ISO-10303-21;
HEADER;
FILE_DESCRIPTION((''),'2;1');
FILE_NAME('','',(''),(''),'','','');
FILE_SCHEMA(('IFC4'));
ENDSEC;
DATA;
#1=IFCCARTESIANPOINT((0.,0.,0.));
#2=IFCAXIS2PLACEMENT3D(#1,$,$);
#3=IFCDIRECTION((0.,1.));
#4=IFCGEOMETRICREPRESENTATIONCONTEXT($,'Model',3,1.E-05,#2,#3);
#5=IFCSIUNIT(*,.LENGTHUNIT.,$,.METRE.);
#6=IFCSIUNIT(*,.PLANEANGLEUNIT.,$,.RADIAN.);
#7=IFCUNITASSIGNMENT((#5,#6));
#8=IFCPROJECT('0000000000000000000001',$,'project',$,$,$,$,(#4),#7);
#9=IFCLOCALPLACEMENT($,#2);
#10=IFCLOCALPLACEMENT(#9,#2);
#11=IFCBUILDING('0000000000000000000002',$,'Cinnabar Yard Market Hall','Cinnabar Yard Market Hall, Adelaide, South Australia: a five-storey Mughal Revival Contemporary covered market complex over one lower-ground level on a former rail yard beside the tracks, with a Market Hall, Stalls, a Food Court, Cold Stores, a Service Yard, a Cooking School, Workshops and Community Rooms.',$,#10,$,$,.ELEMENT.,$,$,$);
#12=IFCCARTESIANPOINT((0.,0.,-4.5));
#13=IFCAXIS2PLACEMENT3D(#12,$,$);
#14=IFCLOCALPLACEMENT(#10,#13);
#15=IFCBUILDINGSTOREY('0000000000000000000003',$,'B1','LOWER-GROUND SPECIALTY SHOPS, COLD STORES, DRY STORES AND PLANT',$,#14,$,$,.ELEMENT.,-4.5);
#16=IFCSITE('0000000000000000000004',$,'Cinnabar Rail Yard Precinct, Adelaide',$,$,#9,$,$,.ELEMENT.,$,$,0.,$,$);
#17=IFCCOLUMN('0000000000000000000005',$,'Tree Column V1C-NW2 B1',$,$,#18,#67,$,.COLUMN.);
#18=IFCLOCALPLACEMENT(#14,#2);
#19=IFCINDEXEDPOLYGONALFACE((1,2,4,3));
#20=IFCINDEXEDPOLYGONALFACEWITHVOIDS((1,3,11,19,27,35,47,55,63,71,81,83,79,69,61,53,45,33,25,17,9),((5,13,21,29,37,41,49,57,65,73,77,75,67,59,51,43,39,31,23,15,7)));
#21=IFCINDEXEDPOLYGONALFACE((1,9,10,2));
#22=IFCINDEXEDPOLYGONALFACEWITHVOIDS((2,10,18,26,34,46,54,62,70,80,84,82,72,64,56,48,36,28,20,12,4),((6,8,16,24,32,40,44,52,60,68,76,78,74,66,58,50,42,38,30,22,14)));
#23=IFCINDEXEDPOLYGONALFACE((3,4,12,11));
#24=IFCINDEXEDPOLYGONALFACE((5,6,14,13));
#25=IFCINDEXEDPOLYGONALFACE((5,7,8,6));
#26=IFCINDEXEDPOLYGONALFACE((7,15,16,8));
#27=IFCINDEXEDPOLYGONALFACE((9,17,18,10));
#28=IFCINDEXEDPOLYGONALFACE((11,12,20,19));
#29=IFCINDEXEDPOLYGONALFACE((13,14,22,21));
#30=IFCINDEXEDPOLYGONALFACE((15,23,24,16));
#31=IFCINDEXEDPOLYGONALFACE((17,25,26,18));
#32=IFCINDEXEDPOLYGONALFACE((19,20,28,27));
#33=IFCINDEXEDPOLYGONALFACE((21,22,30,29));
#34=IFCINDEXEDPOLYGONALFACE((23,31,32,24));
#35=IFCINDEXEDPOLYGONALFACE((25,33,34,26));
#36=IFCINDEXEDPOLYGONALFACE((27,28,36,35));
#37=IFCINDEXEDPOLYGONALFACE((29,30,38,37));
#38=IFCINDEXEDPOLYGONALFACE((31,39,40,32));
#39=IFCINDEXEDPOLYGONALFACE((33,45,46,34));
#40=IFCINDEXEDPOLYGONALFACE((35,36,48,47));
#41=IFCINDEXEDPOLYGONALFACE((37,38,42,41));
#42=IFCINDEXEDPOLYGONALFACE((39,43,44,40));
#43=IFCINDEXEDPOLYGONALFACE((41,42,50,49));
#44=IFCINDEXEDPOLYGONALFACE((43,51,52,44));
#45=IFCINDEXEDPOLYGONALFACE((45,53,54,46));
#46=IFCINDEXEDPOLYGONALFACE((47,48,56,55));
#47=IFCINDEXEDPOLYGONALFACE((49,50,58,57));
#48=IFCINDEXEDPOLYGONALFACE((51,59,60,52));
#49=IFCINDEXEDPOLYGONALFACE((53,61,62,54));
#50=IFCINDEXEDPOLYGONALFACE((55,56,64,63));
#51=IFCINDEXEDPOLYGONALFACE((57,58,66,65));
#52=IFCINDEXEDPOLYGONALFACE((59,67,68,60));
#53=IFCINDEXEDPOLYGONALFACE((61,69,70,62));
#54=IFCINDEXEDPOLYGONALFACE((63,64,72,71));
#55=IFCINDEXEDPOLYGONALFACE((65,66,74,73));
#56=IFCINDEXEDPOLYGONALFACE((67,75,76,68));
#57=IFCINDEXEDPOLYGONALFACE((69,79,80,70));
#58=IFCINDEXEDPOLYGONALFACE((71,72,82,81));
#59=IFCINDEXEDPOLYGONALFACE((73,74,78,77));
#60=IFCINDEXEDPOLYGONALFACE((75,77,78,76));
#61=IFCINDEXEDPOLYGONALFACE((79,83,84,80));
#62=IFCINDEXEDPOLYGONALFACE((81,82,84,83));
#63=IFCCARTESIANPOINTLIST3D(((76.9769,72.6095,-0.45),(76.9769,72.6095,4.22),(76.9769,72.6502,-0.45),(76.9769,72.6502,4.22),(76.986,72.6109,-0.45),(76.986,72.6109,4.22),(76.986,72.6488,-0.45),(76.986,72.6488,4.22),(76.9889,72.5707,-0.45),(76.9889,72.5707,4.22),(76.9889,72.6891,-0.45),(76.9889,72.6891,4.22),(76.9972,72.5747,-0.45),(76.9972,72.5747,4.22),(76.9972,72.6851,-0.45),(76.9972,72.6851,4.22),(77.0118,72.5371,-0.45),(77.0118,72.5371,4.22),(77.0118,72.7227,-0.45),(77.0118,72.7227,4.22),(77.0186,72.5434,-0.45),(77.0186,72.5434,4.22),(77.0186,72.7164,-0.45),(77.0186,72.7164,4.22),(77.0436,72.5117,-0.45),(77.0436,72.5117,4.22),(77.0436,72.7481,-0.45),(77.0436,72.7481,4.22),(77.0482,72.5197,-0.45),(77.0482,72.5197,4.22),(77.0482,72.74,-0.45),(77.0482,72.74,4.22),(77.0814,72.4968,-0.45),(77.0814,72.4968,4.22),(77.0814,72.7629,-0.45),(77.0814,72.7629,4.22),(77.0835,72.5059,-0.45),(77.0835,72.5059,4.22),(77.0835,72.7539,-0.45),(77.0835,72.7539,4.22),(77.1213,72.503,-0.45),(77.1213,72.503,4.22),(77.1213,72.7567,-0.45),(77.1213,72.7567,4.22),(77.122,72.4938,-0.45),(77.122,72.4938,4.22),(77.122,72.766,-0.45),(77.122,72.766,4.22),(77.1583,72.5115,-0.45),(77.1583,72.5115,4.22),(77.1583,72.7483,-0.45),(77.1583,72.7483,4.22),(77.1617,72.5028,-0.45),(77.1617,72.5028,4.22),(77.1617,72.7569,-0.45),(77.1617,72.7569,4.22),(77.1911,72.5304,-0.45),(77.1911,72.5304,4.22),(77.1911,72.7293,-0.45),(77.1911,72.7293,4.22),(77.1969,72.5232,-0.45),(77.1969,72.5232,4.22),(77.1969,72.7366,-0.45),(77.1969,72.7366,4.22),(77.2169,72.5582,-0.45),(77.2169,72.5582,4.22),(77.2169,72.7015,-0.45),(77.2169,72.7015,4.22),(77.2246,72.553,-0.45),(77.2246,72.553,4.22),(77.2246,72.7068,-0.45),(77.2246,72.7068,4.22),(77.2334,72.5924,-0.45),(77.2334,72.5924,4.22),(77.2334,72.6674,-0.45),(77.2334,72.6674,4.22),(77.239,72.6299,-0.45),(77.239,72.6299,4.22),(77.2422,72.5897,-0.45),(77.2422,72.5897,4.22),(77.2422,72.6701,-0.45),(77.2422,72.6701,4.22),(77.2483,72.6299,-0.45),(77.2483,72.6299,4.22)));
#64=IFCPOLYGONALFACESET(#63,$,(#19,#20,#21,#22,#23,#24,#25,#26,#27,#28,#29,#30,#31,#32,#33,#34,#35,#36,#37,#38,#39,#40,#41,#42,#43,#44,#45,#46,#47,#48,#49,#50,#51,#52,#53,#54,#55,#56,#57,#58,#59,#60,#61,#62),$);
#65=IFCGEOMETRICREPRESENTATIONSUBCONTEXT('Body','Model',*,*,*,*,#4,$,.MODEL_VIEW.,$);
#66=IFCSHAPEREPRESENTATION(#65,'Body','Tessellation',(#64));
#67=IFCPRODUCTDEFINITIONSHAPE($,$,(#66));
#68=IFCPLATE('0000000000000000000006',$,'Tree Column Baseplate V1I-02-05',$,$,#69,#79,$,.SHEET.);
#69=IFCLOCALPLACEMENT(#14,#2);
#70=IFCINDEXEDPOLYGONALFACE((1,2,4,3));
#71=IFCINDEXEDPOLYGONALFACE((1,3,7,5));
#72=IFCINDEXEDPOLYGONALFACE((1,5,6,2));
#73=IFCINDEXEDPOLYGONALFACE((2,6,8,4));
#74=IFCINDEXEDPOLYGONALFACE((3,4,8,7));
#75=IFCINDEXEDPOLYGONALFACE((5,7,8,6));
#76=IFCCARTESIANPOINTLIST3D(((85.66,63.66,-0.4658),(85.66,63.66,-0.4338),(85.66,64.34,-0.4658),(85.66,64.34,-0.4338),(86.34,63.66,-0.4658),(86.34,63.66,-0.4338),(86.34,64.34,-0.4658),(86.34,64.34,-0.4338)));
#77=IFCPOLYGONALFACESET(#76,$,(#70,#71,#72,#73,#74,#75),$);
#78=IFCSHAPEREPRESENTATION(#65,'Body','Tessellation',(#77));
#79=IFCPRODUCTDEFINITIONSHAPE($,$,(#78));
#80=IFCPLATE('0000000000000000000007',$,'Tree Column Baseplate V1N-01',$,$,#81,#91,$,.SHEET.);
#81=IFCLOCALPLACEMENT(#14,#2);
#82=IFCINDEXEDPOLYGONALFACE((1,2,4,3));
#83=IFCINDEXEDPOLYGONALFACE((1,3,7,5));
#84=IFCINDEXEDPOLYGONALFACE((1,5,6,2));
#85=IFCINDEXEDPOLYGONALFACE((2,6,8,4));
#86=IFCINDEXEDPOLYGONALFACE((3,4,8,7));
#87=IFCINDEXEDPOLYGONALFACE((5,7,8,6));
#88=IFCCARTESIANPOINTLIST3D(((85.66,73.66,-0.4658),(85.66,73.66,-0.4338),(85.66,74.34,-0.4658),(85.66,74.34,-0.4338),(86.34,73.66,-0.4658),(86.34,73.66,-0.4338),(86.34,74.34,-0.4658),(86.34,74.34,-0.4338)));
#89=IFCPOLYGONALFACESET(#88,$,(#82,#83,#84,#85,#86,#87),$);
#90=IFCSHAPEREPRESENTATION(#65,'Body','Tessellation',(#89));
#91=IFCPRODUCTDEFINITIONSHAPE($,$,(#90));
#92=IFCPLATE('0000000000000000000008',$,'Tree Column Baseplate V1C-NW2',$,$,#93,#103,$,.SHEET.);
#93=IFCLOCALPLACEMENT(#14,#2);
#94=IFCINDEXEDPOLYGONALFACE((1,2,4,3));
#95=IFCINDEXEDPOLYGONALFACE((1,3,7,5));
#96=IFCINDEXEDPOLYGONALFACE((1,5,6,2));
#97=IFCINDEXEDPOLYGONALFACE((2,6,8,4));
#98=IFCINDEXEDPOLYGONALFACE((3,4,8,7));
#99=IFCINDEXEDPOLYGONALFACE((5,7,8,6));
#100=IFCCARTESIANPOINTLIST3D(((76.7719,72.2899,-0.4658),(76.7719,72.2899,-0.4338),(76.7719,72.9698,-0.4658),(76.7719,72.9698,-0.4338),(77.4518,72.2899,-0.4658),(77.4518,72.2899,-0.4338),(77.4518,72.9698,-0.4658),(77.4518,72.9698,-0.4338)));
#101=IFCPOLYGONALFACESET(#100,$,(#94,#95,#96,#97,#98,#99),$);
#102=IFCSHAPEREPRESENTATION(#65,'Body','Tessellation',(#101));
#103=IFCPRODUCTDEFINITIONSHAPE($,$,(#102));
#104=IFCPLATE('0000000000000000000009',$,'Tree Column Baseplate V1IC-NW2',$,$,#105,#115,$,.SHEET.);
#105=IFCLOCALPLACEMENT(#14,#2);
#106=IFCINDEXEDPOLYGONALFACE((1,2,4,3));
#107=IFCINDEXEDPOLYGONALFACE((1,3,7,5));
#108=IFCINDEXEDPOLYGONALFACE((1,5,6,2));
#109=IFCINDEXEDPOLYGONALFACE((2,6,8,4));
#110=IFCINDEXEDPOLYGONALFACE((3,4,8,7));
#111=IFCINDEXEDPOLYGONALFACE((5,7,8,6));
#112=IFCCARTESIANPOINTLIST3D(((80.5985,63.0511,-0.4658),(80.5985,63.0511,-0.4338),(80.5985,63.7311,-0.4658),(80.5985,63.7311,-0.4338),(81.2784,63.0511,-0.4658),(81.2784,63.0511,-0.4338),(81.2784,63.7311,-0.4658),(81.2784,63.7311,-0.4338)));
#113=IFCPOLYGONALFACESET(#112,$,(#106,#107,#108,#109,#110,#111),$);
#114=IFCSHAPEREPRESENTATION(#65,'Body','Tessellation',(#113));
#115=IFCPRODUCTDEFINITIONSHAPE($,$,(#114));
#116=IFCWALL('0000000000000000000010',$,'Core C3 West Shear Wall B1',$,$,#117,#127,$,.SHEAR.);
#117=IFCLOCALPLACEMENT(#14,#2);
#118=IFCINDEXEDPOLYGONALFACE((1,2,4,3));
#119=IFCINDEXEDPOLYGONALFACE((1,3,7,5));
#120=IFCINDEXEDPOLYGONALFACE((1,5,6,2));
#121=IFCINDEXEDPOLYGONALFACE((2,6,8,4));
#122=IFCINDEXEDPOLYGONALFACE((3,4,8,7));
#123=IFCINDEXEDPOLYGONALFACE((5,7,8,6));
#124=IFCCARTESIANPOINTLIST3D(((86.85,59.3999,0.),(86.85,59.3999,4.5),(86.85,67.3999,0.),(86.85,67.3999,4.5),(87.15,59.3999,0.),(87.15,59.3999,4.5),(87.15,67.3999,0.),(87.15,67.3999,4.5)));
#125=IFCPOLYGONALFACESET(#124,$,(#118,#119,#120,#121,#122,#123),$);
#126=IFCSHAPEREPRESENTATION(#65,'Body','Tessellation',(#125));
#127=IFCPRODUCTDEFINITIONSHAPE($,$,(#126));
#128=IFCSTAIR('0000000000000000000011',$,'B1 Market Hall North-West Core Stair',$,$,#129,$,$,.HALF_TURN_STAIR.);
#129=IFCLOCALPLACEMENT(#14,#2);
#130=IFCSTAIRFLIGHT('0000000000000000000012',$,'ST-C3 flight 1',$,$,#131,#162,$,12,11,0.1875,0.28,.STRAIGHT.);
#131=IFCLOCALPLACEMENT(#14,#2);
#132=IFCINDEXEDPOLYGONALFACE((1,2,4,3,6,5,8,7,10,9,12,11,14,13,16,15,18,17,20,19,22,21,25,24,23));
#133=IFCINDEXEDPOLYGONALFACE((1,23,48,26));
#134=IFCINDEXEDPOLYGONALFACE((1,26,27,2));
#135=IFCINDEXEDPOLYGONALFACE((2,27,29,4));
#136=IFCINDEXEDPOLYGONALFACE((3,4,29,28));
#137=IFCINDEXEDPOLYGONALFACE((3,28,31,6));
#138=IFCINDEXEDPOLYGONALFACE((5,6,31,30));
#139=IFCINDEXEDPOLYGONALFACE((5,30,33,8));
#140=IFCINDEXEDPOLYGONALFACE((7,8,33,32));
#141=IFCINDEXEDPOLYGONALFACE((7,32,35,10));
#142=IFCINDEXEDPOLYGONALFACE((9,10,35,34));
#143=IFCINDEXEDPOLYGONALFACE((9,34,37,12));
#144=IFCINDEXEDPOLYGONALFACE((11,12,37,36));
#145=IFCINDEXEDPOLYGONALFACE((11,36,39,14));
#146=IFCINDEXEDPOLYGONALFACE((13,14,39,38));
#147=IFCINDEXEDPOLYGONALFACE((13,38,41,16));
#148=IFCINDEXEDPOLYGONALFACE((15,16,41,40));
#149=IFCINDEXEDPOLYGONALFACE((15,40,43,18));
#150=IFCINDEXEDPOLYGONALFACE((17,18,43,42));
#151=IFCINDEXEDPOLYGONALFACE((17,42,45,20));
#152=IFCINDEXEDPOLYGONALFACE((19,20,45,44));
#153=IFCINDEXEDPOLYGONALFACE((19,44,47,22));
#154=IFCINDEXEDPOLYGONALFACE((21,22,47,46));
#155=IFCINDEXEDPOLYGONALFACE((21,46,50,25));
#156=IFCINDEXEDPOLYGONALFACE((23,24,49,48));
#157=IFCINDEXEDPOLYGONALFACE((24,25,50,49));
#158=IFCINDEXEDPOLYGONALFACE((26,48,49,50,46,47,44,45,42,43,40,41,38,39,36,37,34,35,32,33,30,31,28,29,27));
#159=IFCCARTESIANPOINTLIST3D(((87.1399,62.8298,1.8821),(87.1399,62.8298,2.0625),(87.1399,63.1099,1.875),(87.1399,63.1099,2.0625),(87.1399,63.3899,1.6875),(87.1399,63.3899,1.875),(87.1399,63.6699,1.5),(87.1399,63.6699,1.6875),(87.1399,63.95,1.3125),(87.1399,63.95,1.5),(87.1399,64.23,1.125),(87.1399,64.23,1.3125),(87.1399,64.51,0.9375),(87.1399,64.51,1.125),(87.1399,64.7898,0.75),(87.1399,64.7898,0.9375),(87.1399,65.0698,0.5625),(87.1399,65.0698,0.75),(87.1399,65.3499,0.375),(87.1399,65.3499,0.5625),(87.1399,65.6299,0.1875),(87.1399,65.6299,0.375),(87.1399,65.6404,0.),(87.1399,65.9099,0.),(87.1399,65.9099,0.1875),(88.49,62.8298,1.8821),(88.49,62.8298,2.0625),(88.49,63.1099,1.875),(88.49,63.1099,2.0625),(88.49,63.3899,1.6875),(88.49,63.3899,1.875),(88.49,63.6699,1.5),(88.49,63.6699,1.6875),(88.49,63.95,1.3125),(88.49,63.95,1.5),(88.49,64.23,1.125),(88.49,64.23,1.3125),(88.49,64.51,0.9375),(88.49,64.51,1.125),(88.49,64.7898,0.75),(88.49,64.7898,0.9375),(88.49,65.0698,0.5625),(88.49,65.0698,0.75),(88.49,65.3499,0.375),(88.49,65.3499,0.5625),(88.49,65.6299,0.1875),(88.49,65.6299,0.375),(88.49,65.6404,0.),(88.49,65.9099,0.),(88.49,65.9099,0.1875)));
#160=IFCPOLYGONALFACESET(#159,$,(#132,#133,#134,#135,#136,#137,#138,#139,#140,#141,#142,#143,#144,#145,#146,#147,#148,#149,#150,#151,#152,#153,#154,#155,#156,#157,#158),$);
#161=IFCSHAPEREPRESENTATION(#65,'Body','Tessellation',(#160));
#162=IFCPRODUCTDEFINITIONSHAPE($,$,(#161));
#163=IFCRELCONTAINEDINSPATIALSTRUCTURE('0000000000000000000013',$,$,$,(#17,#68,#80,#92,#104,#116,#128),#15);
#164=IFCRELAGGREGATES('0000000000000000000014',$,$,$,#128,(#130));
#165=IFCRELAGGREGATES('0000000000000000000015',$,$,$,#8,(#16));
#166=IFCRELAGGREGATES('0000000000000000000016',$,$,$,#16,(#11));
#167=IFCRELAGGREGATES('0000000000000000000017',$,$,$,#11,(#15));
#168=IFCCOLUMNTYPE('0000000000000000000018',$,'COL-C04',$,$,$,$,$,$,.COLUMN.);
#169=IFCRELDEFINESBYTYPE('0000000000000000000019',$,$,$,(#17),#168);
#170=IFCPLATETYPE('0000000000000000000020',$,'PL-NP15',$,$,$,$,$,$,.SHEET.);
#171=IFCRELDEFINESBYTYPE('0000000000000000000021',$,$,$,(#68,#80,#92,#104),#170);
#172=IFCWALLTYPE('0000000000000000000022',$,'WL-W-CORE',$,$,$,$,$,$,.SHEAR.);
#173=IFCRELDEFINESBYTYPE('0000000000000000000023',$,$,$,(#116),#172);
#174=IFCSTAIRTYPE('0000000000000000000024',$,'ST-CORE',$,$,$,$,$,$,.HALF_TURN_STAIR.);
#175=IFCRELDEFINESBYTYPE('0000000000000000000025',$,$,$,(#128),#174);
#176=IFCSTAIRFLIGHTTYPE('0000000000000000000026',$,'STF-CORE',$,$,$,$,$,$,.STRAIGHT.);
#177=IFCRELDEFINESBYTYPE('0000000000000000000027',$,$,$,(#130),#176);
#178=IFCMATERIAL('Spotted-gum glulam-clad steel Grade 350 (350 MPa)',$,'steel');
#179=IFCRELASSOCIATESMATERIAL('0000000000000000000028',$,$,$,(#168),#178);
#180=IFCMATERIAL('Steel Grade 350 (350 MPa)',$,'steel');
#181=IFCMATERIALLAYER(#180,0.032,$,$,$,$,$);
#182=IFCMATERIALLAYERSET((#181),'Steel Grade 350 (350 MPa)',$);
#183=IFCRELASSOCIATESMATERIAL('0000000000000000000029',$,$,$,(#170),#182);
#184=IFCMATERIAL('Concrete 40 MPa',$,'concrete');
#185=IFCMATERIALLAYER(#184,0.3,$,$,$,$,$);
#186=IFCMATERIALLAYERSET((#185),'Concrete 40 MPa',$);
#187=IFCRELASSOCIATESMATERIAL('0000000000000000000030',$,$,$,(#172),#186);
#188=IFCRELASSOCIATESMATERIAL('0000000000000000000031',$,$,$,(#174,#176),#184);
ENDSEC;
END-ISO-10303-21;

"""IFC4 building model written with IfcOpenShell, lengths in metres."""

from ifc_helpers import new_model, si_unit, direction, frame, frame_2d, origin, origin_2d_with_axis, place, context, subcontext, project, spatial, polyline, rectangle, hollow_circle, outline, extrude, material, layer, layer_set, material_profile, profile_set, type_object, element, aggregate, save


model = new_model("IFC4")

# Units and contexts
model_context = context("Model", 3, precision=1e-05, world=origin(), true_north=direction((0.0, 1.0)))
body_context = subcontext(model_context, "Body", "Model", "MODEL_VIEW")
ifc_project = project(units=[si_unit("LENGTHUNIT", "METRE"), si_unit("PLANEANGLEUNIT", "RADIAN")], contexts=[model_context])

# Site, building, storey
site_placement = place(None, origin())
site = spatial("IfcSite", under=ifc_project, at=site_placement, Name="Cinnabar Rail Yard Precinct, Adelaide", CompositionType="ELEMENT", RefElevation=0.0)
building_placement = place(site_placement, origin())
building = spatial("IfcBuilding", under=site, at=building_placement, Name="Cinnabar Yard Market Hall", Description="Cinnabar Yard Market Hall, Adelaide, South Australia: a five-storey Mughal Revival Contemporary covered market complex over one lower-ground level on a former rail yard beside the tracks, with a Market Hall, Stalls, a Food Court, Cold Stores, a Service Yard, a Cooking School, Workshops and Community Rooms.", CompositionType="ELEMENT")
storey_placement = place(building_placement, frame((0.0, 0.0, -4.5)))
storey = spatial("IfcBuildingStorey", under=building, at=storey_placement, Name="B1", Description="LOWER-GROUND SPECIALTY SHOPS, COLD STORES, DRY STORES AND PLANT", CompositionType="ELEMENT", Elevation=-4.5)

# Shared definitions
ifc_material_1 = material(Name="Concrete 40 MPa", Category="concrete")

# Column
ifc_material_2 = material(Name="Spotted-gum glulam-clad steel Grade 350 (350 MPa)", Category="steel")
ifc_material_profile_1 = material_profile(ifc_material_2, hollow_circle(Radius=0.1365, WallThickness=0.0093, at=origin_2d_with_axis()), Name="273.1x9.3CHS")
ifc_profile_set_1 = profile_set([ifc_material_profile_1], Name="Spotted-gum glulam-clad steel Grade 350 (350 MPa)")
column_type_1 = type_object("IfcColumnType", Name="COL-C04", PredefinedType="COLUMN", material=ifc_profile_set_1)
column_1_placement = place(storey_placement, frame((77.1118, 72.6299, -0.45), z_axis=(0.0, 0.0, 1.0), x_axis=(1.0, 0.0, 0.0)))
element("IfcColumn", 1, at=column_1_placement, inside=storey, type_object=column_type_1, Name="Tree Column V1C-NW2 B1", PredefinedType="COLUMN", context=body_context, shape_type="SweptSolid", body=[
    extrude(hollow_circle(Radius=0.1365, WallThickness=0.0093, at=origin_2d_with_axis()), origin(), (0.0, 0.0, 1.0), 4.6699),
])

# Plates
ifc_material_3 = material(Name="Steel Grade 350 (350 MPa)", Category="steel")
ifc_layer_1 = layer(ifc_material_3, 0.032)
ifc_layer_set_1 = layer_set([ifc_layer_1], Name="Steel Grade 350 (350 MPa)")
plate_type = type_object("IfcPlateType", Name="PL-NP15", PredefinedType="SHEET", material=ifc_layer_set_1)
for number, where, z_axis, x_axis, name in (
    (2, (86.0, 64.0, -0.4658), (0.0, 0.0, 1.0), (1.0, 0.0, 0.0), "Tree Column Baseplate V1I-02-05"),
    (3, (86.0, 74.0, -0.4658), (0.0, 0.0, 1.0), (1.0, 0.0, 0.0), "Tree Column Baseplate V1N-01"),
    (4, (77.1118, 72.6299, -0.4658), (0.0, 0.0, 1.0), (1.0, 0.0, 0.0), "Tree Column Baseplate V1C-NW2"),
    (5, (80.9385, 63.3911, -0.4658), (0.0, 0.0, 1.0), (1.0, 0.0, 0.0), "Tree Column Baseplate V1IC-NW2"),
):
    element("IfcPlate", number, at=place(storey_placement, frame(where, z_axis=z_axis, x_axis=x_axis)), inside=storey, type_object=plate_type, Name=name, PredefinedType="SHEET", context=body_context, shape_type="SweptSolid", body=[
        extrude(rectangle(XDim=0.6799, YDim=0.6799, at=origin_2d_with_axis()), origin(), (0.0, 0.0, 1.0), 0.032),
    ])

# Wall
ifc_layer_2 = layer(ifc_material_1, 0.3)
ifc_layer_set_2 = layer_set([ifc_layer_2], Name="Concrete 40 MPa")
wall_type_1 = type_object("IfcWallType", Name="WL-W-CORE", PredefinedType="SHEAR", material=ifc_layer_set_2)
wall_1_placement = place(storey_placement, frame((87.0, 67.3999, 0.0), z_axis=(0.0, 0.0, 1.0), x_axis=(0.0, -1.0, 0.0)))
element("IfcWall", 6, at=wall_1_placement, inside=storey, type_object=wall_type_1, Name="Core C3 West Shear Wall B1", PredefinedType="SHEAR", context=body_context, shape_type="SweptSolid", body=[
    extrude(rectangle(XDim=8.0, YDim=0.3, at=frame_2d((4.0, 0.0), x_axis=(1.0, 0.0))), origin(), (0.0, 0.0, 1.0), 4.5),
])

# Stair, stair flight
stair_type = type_object("IfcStairType", Name="ST-CORE", PredefinedType="HALF_TURN_STAIR", material=ifc_material_1)
stair_placement = place(storey_placement, origin())
stair = element("IfcStair", 7, at=stair_placement, inside=storey, type_object=stair_type, Name="B1 Market Hall North-West Core Stair", PredefinedType="HALF_TURN_STAIR")
stair_flight_type = type_object("IfcStairFlightType", Name="STF-CORE", PredefinedType="STRAIGHT", material=ifc_material_1)
stair_flight_placement = place(storey_placement, frame((87.8149, 65.9099, 0.0), z_axis=(0.0, 0.0, 1.0), x_axis=(0.0, -1.0, 0.0)))
stair_flight = element("IfcStairFlight", 8, at=stair_flight_placement, type_object=stair_flight_type, Name="ST-C3 flight 1", NumberOfRisers=12, NumberOfTreads=11, PredefinedType="STRAIGHT", RiserHeight=0.1875, TreadLength=0.28, context=body_context, shape_type="SweptSolid", body=[
    extrude(outline(polyline([(0.0, 0.0), (0.0, 0.1875), (0.28, 0.1875), (0.28, 0.375), (0.5601, 0.375), (0.5601, 0.5625), (0.8401, 0.5625), (0.8401, 0.75), (1.1201, 0.75), (1.1201, 0.9375), (1.3999, 0.9375), (1.3999, 1.125), (1.6799, 1.125), (1.6799, 1.3125), (1.96, 1.3125), (1.96, 1.5), (2.24, 1.5), (2.24, 1.6875), (2.52, 1.6875), (2.52, 1.875), (2.8, 1.875), (2.8, 2.0625), (3.0801, 2.0625), (3.0801, 2.25), (3.0801, 1.8821), (0.2695, 0.0), (0.0, 0.0)])), frame((0.0, 0.675, 0.0), z_axis=(0.0, -1.0, 0.0), x_axis=(1.0, 0.0, 0.0)), (0.0, 0.0, 1.0), 1.3501),
])
aggregate(stair, [stair_flight])

save(model, "model.ifc")
